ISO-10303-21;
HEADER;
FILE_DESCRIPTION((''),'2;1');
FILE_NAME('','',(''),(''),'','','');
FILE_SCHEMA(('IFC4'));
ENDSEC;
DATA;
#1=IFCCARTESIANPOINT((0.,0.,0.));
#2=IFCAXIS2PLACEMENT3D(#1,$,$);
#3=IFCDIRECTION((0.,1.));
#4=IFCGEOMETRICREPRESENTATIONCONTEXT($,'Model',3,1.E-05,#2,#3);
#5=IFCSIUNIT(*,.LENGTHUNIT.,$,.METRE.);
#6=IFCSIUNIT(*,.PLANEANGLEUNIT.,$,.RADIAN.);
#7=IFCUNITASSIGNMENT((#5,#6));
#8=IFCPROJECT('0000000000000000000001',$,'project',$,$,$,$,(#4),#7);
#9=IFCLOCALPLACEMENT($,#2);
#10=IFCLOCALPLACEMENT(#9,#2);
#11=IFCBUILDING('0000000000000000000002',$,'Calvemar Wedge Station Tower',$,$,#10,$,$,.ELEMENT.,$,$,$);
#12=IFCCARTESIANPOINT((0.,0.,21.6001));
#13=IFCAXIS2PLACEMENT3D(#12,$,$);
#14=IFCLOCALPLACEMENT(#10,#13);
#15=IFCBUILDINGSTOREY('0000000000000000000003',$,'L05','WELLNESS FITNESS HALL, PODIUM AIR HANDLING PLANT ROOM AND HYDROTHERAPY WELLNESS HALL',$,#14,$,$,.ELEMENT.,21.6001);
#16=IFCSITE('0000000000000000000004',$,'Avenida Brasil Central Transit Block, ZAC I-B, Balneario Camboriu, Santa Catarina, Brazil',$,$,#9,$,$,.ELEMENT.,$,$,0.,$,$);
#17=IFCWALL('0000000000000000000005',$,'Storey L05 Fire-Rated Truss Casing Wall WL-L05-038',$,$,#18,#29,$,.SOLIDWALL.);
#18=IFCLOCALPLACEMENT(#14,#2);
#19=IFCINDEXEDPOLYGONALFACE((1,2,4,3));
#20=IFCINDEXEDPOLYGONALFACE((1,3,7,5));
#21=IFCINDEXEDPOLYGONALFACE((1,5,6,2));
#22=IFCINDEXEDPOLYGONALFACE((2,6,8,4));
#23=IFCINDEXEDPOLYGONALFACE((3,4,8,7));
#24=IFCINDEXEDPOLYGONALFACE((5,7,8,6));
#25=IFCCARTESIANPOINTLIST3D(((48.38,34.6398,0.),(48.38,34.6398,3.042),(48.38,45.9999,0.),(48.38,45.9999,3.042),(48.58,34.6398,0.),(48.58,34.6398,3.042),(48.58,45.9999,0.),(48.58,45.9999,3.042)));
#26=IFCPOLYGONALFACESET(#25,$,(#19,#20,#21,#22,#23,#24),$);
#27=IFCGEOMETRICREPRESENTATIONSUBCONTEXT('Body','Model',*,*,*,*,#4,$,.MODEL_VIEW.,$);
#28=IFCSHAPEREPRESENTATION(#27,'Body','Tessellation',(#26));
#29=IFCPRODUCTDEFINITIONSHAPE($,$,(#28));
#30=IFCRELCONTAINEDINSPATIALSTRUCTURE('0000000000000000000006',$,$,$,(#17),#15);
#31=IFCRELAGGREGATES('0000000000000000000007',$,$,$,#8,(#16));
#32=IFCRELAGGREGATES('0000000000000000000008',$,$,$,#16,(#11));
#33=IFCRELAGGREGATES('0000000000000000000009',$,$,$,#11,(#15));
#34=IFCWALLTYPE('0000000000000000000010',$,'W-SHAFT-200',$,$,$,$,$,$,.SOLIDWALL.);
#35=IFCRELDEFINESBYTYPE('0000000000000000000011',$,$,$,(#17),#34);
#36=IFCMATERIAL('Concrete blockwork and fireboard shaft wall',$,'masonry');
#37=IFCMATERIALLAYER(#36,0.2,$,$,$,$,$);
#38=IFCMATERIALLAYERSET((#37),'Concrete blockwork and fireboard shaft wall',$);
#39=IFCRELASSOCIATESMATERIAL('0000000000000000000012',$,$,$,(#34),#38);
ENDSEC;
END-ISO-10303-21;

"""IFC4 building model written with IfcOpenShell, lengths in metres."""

from ifc_helpers import new_model, si_unit, direction, frame, frame_2d, origin, place, context, subcontext, project, spatial, rectangle, extrude, material, layer, layer_set, type_object, element, save


model = new_model("IFC4")

# Units and contexts
model_context = context("Model", 3, precision=1e-05, world=origin(), true_north=direction((0.0, 1.0)))
body_context = subcontext(model_context, "Body", "Model", "MODEL_VIEW")
ifc_project = project(units=[si_unit("LENGTHUNIT", "METRE"), si_unit("PLANEANGLEUNIT", "RADIAN")], contexts=[model_context])

# Site, building, storey
site_placement = place(None, origin())
site = spatial("IfcSite", under=ifc_project, at=site_placement, Name="Avenida Brasil Central Transit Block, ZAC I-B, Balneario Camboriu, Santa Catarina, Brazil", CompositionType="ELEMENT", RefElevation=0.0)
building_placement = place(site_placement, origin())
building = spatial("IfcBuilding", under=site, at=building_placement, Name="Calvemar Wedge Station Tower", CompositionType="ELEMENT")
storey_placement = place(building_placement, frame((0.0, 0.0, 21.6001)))
storey = spatial("IfcBuildingStorey", under=building, at=storey_placement, Name="L05", Description="WELLNESS FITNESS HALL, PODIUM AIR HANDLING PLANT ROOM AND HYDROTHERAPY WELLNESS HALL", CompositionType="ELEMENT", Elevation=21.6001)

# Wall
ifc_material_1 = material(Name="Concrete blockwork and fireboard shaft wall", Category="masonry")
ifc_layer_1 = layer(ifc_material_1, 0.2)
ifc_layer_set_1 = layer_set([ifc_layer_1], Name="Concrete blockwork and fireboard shaft wall")
wall_type_1 = type_object("IfcWallType", Name="W-SHAFT-200", PredefinedType="SOLIDWALL", material=ifc_layer_set_1)
wall_1_placement = place(storey_placement, frame((48.48, 46.0, 0.0), z_axis=(0.0, 0.0, 1.0), x_axis=(0.0, -1.0, 0.0)))
element("IfcWall", 1, at=wall_1_placement, inside=storey, type_object=wall_type_1, Name="Storey L05 Fire-Rated Truss Casing Wall WL-L05-038", PredefinedType="SOLIDWALL", context=body_context, shape_type="SweptSolid", body=[
    extrude(rectangle(XDim=11.3601, YDim=0.2, at=frame_2d((5.6802, 0.0))), origin(), (0.0, 0.0, 1.0), 3.042),
])

save(model, "model.ifc")
